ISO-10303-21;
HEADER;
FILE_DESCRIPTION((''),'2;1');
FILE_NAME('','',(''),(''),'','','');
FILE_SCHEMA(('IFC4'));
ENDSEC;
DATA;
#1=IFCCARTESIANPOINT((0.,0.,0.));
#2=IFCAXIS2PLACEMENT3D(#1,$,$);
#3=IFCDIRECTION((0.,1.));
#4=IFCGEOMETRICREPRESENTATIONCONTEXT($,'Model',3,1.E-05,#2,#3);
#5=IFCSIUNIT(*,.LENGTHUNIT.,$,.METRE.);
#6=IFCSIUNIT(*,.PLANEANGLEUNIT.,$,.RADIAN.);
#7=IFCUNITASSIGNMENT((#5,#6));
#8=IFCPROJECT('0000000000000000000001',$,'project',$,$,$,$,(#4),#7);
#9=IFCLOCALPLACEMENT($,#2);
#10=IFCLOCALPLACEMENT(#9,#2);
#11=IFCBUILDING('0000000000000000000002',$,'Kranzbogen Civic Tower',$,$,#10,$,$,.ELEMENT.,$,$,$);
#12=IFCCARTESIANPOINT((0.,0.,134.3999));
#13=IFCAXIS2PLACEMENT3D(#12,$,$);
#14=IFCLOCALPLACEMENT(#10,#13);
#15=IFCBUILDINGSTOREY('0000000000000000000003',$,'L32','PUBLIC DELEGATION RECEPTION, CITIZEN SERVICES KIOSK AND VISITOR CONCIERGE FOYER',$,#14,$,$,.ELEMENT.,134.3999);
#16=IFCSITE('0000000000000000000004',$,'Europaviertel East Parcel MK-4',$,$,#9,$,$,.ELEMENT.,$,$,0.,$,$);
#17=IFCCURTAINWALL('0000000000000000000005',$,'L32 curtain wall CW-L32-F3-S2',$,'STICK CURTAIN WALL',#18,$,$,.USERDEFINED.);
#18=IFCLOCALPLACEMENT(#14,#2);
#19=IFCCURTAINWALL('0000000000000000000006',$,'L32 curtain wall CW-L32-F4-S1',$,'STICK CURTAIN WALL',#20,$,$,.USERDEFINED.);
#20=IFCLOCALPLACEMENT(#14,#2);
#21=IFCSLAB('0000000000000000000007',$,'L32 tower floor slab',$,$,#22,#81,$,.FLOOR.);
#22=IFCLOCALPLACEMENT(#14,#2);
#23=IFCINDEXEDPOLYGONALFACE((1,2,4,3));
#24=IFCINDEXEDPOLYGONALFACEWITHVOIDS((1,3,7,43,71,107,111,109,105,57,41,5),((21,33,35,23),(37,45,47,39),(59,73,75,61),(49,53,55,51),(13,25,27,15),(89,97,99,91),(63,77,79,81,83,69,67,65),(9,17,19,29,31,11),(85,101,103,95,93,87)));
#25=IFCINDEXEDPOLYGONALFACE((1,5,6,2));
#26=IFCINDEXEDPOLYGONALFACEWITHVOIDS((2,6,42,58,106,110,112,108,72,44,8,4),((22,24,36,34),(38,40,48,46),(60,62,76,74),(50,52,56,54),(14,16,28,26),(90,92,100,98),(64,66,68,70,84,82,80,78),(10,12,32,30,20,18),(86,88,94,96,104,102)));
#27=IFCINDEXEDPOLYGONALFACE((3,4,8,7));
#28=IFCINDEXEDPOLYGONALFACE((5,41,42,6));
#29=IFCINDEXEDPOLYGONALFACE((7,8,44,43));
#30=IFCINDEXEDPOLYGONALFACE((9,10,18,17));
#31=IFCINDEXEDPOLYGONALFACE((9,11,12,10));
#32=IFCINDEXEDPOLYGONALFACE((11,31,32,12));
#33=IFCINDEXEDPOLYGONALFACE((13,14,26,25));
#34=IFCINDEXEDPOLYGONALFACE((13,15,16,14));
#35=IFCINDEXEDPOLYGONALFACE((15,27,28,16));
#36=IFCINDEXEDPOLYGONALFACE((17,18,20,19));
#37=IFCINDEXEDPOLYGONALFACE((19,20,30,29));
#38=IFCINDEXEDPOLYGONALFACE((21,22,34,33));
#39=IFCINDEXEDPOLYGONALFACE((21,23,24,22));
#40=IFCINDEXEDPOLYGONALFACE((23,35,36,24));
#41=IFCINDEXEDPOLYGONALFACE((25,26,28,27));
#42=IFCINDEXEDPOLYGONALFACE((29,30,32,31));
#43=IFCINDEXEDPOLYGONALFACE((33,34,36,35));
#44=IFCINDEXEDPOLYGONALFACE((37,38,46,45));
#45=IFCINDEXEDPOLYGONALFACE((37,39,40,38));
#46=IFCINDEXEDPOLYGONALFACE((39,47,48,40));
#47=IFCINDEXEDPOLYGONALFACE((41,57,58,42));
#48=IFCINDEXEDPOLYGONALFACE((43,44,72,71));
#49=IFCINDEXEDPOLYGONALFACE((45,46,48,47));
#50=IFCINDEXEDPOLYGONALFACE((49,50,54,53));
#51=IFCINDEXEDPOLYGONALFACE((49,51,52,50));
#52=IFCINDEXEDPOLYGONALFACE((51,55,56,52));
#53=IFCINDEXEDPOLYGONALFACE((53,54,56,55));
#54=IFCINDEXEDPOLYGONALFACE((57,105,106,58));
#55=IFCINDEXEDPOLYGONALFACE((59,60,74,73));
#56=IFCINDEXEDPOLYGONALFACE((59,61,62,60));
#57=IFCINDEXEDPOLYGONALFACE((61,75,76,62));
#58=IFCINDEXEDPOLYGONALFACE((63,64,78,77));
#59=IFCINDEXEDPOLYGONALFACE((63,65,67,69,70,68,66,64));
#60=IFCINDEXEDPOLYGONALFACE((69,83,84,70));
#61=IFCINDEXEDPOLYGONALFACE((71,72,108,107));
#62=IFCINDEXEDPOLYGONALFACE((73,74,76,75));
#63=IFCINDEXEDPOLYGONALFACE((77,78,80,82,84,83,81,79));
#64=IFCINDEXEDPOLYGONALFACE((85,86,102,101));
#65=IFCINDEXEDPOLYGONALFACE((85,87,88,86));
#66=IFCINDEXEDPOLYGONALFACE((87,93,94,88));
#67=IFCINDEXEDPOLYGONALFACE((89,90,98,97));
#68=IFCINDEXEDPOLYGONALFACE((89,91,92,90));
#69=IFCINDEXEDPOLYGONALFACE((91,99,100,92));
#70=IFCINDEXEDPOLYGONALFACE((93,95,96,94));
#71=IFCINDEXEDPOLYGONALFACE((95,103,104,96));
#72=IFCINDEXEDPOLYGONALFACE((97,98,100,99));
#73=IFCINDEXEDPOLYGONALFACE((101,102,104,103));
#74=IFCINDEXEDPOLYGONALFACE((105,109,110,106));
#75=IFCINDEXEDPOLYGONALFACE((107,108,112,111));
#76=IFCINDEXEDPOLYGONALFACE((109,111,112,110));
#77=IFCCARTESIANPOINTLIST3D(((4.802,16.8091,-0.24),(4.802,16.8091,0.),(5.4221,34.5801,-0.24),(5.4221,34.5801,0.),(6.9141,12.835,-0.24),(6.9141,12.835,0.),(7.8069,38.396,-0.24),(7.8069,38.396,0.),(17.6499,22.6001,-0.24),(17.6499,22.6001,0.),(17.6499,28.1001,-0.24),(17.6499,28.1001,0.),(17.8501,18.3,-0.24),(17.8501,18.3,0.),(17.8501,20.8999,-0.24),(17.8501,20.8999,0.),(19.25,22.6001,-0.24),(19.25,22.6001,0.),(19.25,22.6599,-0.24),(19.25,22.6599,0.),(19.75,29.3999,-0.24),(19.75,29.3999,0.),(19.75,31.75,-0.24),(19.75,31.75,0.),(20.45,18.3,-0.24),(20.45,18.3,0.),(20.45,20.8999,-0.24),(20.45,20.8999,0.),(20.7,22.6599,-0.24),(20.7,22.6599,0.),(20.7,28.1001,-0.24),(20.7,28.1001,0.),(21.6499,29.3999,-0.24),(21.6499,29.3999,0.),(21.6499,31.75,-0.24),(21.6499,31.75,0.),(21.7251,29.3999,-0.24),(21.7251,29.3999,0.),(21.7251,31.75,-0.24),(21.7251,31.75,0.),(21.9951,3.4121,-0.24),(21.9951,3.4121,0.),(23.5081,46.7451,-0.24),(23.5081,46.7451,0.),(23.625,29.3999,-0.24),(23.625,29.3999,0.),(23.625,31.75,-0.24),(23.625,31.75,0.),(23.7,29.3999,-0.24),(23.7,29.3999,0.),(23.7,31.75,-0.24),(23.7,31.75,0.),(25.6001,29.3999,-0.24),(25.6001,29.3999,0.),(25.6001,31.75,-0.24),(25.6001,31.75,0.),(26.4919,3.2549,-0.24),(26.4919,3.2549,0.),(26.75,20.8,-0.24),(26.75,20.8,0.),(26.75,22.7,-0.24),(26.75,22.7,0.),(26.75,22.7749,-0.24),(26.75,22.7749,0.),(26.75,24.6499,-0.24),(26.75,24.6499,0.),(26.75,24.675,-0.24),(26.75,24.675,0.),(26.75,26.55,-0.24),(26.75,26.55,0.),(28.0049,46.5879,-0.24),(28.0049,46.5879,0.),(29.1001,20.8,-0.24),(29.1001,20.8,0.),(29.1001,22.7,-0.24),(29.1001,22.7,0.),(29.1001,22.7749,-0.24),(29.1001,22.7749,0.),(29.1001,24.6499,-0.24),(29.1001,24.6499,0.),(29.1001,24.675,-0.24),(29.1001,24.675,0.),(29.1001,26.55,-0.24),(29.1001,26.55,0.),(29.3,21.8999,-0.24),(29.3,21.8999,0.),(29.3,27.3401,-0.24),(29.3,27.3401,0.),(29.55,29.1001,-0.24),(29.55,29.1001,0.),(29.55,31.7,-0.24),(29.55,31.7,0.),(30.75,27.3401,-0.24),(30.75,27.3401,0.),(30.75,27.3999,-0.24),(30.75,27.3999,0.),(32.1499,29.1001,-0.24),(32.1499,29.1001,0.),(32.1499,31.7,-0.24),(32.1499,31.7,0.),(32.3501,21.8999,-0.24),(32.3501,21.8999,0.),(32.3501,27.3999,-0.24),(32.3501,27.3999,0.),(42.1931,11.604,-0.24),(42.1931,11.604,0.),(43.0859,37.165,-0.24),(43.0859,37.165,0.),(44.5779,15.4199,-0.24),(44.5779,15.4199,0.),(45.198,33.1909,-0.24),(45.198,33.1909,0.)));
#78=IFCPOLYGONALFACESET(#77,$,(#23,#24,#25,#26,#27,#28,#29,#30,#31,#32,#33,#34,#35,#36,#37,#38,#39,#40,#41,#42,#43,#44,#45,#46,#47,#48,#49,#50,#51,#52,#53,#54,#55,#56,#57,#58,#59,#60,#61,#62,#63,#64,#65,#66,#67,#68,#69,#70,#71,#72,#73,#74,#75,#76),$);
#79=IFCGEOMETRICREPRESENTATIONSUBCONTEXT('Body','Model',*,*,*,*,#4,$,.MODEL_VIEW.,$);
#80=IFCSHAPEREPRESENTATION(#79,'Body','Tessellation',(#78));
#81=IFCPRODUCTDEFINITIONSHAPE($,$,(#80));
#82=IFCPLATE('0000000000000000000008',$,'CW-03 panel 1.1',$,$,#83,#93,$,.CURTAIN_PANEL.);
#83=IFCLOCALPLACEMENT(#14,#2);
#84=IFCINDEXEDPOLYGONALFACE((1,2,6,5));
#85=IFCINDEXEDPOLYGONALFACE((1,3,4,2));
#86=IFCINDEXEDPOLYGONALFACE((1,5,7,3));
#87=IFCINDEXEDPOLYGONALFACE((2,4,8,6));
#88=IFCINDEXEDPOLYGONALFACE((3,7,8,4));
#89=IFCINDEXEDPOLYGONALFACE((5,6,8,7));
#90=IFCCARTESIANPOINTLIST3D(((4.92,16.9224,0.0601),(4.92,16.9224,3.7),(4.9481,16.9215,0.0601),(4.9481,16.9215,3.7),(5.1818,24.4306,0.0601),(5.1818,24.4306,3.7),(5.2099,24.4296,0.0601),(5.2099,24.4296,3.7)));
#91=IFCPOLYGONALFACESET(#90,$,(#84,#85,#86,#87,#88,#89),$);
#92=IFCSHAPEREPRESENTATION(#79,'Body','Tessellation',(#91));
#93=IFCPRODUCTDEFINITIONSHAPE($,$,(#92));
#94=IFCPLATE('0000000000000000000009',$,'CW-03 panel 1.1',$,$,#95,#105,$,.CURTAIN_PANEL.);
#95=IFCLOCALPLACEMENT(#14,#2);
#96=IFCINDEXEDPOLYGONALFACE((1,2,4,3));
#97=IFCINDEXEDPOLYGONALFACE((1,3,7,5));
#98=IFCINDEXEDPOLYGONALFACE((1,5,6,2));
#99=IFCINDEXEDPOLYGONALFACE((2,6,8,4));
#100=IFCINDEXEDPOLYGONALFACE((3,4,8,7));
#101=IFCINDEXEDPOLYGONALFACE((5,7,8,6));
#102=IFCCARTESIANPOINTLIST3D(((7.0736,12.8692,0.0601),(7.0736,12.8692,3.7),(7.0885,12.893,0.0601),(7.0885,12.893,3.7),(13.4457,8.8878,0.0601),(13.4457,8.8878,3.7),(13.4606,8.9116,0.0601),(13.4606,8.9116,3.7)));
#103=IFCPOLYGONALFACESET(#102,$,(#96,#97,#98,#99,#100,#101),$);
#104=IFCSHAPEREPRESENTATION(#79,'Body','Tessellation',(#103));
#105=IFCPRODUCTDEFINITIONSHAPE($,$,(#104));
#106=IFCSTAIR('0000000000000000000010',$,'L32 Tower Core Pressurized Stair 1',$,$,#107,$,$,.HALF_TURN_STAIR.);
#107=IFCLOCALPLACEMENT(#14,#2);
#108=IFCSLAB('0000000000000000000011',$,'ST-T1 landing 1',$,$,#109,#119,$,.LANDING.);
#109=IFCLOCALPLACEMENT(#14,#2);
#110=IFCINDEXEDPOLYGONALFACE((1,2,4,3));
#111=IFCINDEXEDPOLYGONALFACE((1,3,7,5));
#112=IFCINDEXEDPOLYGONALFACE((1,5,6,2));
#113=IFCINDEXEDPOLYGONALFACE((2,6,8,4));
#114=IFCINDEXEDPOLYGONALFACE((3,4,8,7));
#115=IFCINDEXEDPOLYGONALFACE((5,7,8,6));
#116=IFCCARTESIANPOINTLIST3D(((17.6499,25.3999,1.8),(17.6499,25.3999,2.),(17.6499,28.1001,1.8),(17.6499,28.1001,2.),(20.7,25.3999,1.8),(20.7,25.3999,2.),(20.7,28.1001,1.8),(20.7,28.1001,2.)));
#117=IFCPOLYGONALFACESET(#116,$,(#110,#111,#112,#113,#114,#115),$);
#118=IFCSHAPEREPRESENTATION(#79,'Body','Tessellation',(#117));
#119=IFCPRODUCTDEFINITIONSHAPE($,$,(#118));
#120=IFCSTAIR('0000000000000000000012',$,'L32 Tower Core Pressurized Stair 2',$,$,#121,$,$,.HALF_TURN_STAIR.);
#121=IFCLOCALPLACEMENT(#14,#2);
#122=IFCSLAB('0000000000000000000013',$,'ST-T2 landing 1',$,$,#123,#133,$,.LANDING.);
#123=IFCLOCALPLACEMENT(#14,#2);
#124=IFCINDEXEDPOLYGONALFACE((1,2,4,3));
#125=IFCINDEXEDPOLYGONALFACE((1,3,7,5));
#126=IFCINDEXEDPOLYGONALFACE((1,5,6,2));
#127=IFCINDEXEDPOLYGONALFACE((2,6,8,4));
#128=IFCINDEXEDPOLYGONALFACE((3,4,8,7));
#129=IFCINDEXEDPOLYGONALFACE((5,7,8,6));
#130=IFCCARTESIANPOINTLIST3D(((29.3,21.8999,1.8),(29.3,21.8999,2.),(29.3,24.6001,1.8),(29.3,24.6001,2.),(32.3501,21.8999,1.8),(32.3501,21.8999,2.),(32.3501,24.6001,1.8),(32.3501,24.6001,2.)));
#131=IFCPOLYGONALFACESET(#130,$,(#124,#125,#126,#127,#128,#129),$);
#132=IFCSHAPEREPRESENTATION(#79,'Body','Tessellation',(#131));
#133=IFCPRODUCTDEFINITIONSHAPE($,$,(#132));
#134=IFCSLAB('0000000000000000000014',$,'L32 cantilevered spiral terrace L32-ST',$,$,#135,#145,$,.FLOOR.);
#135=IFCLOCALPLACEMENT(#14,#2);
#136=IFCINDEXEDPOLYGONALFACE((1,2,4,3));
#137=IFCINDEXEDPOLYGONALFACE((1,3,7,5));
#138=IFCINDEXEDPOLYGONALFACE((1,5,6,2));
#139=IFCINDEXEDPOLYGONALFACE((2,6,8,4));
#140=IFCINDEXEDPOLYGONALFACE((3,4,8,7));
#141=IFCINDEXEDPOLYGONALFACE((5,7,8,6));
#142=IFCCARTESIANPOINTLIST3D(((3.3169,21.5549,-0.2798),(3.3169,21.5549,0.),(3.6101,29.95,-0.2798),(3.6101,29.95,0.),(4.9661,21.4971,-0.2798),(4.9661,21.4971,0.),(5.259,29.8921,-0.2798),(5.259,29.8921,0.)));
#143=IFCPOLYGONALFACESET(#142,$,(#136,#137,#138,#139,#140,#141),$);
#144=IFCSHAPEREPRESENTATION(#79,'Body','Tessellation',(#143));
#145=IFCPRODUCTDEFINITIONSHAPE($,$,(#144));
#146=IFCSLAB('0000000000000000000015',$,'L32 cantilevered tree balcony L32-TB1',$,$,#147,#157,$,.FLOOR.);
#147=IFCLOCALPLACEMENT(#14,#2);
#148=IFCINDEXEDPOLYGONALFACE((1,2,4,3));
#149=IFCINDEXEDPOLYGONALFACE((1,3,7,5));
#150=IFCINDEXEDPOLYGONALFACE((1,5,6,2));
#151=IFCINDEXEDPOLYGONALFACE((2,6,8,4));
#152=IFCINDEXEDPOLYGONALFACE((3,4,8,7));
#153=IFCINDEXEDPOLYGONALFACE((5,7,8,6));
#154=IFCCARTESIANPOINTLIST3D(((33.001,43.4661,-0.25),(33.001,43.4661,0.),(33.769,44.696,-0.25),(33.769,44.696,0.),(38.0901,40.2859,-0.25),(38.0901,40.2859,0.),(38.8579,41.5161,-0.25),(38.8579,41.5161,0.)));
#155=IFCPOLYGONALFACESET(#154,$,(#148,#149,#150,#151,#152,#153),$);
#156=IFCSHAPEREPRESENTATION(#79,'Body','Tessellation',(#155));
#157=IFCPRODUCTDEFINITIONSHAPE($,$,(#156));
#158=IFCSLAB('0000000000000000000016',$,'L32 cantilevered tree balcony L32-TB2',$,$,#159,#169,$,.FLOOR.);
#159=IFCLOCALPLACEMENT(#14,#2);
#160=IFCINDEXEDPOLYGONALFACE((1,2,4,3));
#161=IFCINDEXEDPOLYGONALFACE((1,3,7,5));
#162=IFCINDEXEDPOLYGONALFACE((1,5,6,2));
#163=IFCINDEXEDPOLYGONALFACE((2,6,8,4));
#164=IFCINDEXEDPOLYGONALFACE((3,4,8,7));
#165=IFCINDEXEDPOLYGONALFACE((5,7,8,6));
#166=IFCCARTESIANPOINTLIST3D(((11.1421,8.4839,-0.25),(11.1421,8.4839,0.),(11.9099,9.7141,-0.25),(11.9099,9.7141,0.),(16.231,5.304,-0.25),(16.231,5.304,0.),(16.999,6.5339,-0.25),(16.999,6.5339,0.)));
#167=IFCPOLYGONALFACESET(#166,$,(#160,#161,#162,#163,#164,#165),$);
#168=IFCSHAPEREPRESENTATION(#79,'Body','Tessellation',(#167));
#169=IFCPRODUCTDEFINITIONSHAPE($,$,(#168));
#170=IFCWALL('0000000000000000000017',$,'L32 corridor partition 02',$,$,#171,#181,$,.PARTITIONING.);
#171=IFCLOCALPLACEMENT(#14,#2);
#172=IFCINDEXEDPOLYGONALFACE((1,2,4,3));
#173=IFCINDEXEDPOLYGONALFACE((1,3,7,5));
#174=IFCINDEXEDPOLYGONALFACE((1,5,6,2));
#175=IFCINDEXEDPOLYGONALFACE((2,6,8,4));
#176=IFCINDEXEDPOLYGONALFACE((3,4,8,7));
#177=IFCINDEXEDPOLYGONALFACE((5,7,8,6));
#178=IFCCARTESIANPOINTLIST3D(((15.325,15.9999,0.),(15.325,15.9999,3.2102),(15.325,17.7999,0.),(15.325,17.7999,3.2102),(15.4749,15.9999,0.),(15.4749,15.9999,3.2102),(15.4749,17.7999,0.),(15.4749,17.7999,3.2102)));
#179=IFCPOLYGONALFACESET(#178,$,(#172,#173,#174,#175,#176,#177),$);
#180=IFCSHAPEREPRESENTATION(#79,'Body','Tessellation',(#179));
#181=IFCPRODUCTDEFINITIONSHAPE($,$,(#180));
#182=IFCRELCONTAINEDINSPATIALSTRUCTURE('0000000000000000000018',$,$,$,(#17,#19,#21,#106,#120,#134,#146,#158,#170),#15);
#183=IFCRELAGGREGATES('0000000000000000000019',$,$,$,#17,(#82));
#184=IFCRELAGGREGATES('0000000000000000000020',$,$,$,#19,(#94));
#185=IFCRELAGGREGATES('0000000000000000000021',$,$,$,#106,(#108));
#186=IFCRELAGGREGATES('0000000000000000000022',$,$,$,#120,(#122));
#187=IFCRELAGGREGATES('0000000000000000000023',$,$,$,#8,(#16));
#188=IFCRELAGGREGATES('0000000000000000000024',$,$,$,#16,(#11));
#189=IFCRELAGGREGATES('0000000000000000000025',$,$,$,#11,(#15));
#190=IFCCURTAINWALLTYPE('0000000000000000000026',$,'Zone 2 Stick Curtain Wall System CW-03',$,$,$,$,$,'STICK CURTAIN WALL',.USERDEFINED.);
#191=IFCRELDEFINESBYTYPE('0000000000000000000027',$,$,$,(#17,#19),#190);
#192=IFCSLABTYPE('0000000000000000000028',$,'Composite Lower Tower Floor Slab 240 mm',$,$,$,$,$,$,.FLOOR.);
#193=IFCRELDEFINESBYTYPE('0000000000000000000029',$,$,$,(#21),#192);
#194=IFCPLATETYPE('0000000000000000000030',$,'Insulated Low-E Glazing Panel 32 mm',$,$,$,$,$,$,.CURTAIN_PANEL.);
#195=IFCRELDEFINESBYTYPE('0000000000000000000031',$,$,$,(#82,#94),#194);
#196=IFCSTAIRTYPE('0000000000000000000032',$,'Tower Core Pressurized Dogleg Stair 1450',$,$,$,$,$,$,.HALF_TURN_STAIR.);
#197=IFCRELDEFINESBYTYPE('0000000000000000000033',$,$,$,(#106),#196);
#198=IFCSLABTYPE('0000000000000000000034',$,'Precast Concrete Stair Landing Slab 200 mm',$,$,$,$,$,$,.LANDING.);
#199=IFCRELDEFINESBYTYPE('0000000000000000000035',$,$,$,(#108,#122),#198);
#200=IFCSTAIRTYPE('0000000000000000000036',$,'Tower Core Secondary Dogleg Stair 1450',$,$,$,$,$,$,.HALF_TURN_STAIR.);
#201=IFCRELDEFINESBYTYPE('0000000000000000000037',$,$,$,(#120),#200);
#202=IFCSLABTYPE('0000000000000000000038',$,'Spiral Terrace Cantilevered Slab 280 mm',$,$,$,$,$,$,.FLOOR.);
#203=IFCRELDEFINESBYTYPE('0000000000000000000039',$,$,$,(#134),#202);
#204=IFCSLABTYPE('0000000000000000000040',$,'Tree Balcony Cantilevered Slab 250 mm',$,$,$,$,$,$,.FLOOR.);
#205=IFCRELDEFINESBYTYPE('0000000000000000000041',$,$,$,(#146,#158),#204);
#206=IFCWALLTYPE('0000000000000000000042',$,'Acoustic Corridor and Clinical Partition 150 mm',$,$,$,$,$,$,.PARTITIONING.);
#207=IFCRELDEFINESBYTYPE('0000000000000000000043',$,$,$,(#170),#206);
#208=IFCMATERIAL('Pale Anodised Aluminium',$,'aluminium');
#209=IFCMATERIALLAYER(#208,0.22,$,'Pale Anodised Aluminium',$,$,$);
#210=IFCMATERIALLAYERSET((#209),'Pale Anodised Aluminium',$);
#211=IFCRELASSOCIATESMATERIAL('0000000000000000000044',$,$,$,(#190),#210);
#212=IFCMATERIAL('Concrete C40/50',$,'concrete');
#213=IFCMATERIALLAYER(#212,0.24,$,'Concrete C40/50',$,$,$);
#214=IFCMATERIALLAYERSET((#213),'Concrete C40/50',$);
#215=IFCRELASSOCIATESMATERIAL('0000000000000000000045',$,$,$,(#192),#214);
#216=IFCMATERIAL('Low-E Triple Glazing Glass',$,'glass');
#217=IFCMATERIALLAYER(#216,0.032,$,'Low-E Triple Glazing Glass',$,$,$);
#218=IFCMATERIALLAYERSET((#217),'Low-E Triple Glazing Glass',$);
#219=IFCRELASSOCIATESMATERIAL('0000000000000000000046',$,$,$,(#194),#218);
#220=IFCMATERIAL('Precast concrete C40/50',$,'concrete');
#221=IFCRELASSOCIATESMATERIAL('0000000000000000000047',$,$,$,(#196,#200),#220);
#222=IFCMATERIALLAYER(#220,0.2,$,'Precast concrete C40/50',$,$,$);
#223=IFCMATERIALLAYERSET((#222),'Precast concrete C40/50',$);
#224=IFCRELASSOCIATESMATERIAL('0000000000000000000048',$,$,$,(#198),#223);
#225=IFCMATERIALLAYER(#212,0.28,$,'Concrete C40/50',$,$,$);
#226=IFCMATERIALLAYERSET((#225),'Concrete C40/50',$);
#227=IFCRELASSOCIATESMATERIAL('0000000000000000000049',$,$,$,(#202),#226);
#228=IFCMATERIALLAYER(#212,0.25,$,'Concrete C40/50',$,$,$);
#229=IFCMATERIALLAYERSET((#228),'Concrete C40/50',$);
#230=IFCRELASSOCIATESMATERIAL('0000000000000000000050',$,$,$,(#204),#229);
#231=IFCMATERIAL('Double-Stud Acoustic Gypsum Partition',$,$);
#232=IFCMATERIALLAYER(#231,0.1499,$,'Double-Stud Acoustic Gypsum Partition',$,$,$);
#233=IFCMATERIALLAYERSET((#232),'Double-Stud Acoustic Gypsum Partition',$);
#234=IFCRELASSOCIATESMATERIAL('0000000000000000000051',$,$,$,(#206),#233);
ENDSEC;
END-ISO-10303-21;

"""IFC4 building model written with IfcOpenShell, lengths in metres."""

from ifc_helpers import new_model, si_unit, direction, frame, frame_2d, origin, origin_2d, place, context, subcontext, project, spatial, polyline, rectangle, outline, extrude, material, layer, layer_set, type_object, element, aggregate, save


model = new_model("IFC4")

# Units and contexts
model_context = context("Model", 3, precision=1e-05, world=origin(), true_north=direction((0.0, 1.0)))
body_context = subcontext(model_context, "Body", "Model", "MODEL_VIEW")
ifc_project = project(units=[si_unit("LENGTHUNIT", "METRE"), si_unit("PLANEANGLEUNIT", "RADIAN")], contexts=[model_context])

# Site, building, storey
site_placement = place(None, origin())
site = spatial("IfcSite", under=ifc_project, at=site_placement, Name="Europaviertel East Parcel MK-4", CompositionType="ELEMENT", RefElevation=0.0)
building_placement = place(site_placement, origin())
building = spatial("IfcBuilding", under=site, at=building_placement, Name="Kranzbogen Civic Tower", CompositionType="ELEMENT")
storey_placement = place(building_placement, frame((0.0, 0.0, 134.3999)))
storey = spatial("IfcBuildingStorey", under=building, at=storey_placement, Name="L32", Description="PUBLIC DELEGATION RECEPTION, CITIZEN SERVICES KIOSK AND VISITOR CONCIERGE FOYER", CompositionType="ELEMENT", Elevation=134.3999)

# Curtain walls
ifc_material_1 = material(Name="Pale Anodised Aluminium", Category="aluminium")
ifc_layer_1 = layer(ifc_material_1, 0.22, Name="Pale Anodised Aluminium")
ifc_layer_set_1 = layer_set([ifc_layer_1], Name="Pale Anodised Aluminium")
curtain_wall_type = type_object("IfcCurtainWallType", Name="Zone 2 Stick Curtain Wall System CW-03", ElementType="STICK CURTAIN WALL", PredefinedType="USERDEFINED", material=ifc_layer_set_1)
curtain_wall_1_placement = place(storey_placement, origin())
curtain_wall_1 = element("IfcCurtainWall", 1, at=curtain_wall_1_placement, inside=storey, type_object=curtain_wall_type, Name="L32 curtain wall CW-L32-F3-S2", ObjectType="STICK CURTAIN WALL", PredefinedType="USERDEFINED")
curtain_wall_2_placement = place(storey_placement, origin())
curtain_wall_2 = element("IfcCurtainWall", 2, at=curtain_wall_2_placement, inside=storey, type_object=curtain_wall_type, Name="L32 curtain wall CW-L32-F4-S1", ObjectType="STICK CURTAIN WALL", PredefinedType="USERDEFINED")

# Slab
ifc_material_2 = material(Name="Concrete C40/50", Category="concrete")
ifc_layer_2 = layer(ifc_material_2, 0.24, Name="Concrete C40/50")
ifc_layer_set_2 = layer_set([ifc_layer_2], Name="Concrete C40/50")
slab_type_1 = type_object("IfcSlabType", Name="Composite Lower Tower Floor Slab 240 mm", PredefinedType="FLOOR", material=ifc_layer_set_2)
slab_1_placement = place(storey_placement, frame((0.0, 0.0, -0.24)))
element("IfcSlab", 3, at=slab_1_placement, inside=storey, type_object=slab_type_1, Name="L32 tower floor slab", PredefinedType="FLOOR", context=body_context, shape_type="SweptSolid", body=[
    extrude(outline(polyline([(43.0859, 37.165), (28.0049, 46.5879), (23.5081, 46.7451), (7.8069, 38.396), (5.4221, 34.5801), (4.802, 16.8091), (6.9141, 12.835), (21.9951, 3.4121), (26.4919, 3.2549), (42.1931, 11.604), (44.5779, 15.4199), (45.198, 33.1909), (43.0859, 37.165)]), holes=[polyline([(20.45, 20.8999), (20.45, 18.3), (17.8501, 18.3), (17.8501, 20.8999), (20.45, 20.8999)]), polyline([(29.1001, 22.7), (29.1001, 20.8), (26.75, 20.8), (26.75, 22.7), (29.1001, 22.7)]), polyline([(29.1001, 24.6499), (29.1001, 22.7749), (26.75, 22.7749), (26.75, 24.6499), (26.75, 24.675), (26.75, 26.55), (29.1001, 26.55), (29.1001, 24.675), (29.1001, 24.6499)]), polyline([(30.75, 27.3401), (30.75, 27.3999), (32.3501, 27.3999), (32.3501, 21.8999), (29.3, 21.8999), (29.3, 27.3401), (30.75, 27.3401)]), polyline([(19.25, 22.6599), (19.25, 22.6001), (17.6499, 22.6001), (17.6499, 28.1001), (20.7, 28.1001), (20.7, 22.6599), (19.25, 22.6599)]), polyline([(32.1499, 31.7), (32.1499, 29.1001), (29.55, 29.1001), (29.55, 31.7), (32.1499, 31.7)]), polyline([(21.6499, 31.75), (21.6499, 29.3999), (19.75, 29.3999), (19.75, 31.75), (21.6499, 31.75)]), polyline([(23.625, 29.3999), (21.7251, 29.3999), (21.7251, 31.75), (23.625, 31.75), (23.625, 29.3999)]), polyline([(25.6001, 29.3999), (23.7, 29.3999), (23.7, 31.75), (25.6001, 31.75), (25.6001, 29.3999)])]), origin(), (0.0, 0.0, 1.0), 0.24),
])

# Plates
ifc_material_3 = material(Name="Low-E Triple Glazing Glass", Category="glass")
ifc_layer_3 = layer(ifc_material_3, 0.032, Name="Low-E Triple Glazing Glass")
ifc_layer_set_3 = layer_set([ifc_layer_3], Name="Low-E Triple Glazing Glass")
plate_type = type_object("IfcPlateType", Name="Insulated Low-E Glazing Panel 32 mm", PredefinedType="CURTAIN_PANEL", material=ifc_layer_set_3)
plate_1_placement = place(storey_placement, frame((5.0649, 20.676, 0.0601), z_axis=(0.0, 0.0, 1.0), x_axis=(-0.03485, -0.999393, 0.0)))
plate_1 = element("IfcPlate", 4, at=plate_1_placement, type_object=plate_type, Name="CW-03 panel 1.1", PredefinedType="CURTAIN_PANEL", context=body_context, shape_type="SweptSolid", body=[
    extrude(rectangle(XDim=7.5127, YDim=0.0281, at=origin_2d()), origin(), (0.0, 0.0, 1.0), 3.6399),
])
aggregate(curtain_wall_1, [plate_1])
plate_2_placement = place(storey_placement, frame((10.2671, 10.8904, 0.0601), z_axis=(0.0, 0.0, 1.0), x_axis=(0.848072, -0.529881, 0.0)))
plate_2 = element("IfcPlate", 5, at=plate_2_placement, type_object=plate_type, Name="CW-03 panel 1.1", PredefinedType="CURTAIN_PANEL", context=body_context, shape_type="SweptSolid", body=[
    extrude(rectangle(XDim=7.5137, YDim=0.0281, at=origin_2d()), origin(), (0.0, 0.0, 1.0), 3.6399),
])
aggregate(curtain_wall_2, [plate_2])

# Stairs, slabs
ifc_material_4 = material(Name="Precast concrete C40/50", Category="concrete")
stair_type_1 = type_object("IfcStairType", Name="Tower Core Pressurized Dogleg Stair 1450", PredefinedType="HALF_TURN_STAIR", material=ifc_material_4)
stair_1_placement = place(storey_placement, origin())
stair_1 = element("IfcStair", 6, at=stair_1_placement, inside=storey, type_object=stair_type_1, Name="L32 Tower Core Pressurized Stair 1", PredefinedType="HALF_TURN_STAIR")
ifc_layer_4 = layer(ifc_material_4, 0.2, Name="Precast concrete C40/50")
ifc_layer_set_4 = layer_set([ifc_layer_4], Name="Precast concrete C40/50")
slab_type_2 = type_object("IfcSlabType", Name="Precast Concrete Stair Landing Slab 200 mm", PredefinedType="LANDING", material=ifc_layer_set_4)
slab_2_placement = place(storey_placement, frame((0.0, 0.0, 1.8)))
slab_2 = element("IfcSlab", 7, at=slab_2_placement, type_object=slab_type_2, Name="ST-T1 landing 1", PredefinedType="LANDING", context=body_context, shape_type="SweptSolid", body=[
    extrude(outline(polyline([(20.7, 25.3999), (20.7, 28.1001), (17.6499, 28.1001), (17.6499, 25.3999), (20.7, 25.3999)])), origin(), (0.0, 0.0, 1.0), 0.2),
])
aggregate(stair_1, [slab_2])
stair_type_2 = type_object("IfcStairType", Name="Tower Core Secondary Dogleg Stair 1450", PredefinedType="HALF_TURN_STAIR", material=ifc_material_4)
stair_2_placement = place(storey_placement, origin())
stair_2 = element("IfcStair", 8, at=stair_2_placement, inside=storey, type_object=stair_type_2, Name="L32 Tower Core Pressurized Stair 2", PredefinedType="HALF_TURN_STAIR")
slab_3_placement = place(storey_placement, frame((0.0, 0.0, 1.8)))
slab_3 = element("IfcSlab", 9, at=slab_3_placement, type_object=slab_type_2, Name="ST-T2 landing 1", PredefinedType="LANDING", context=body_context, shape_type="SweptSolid", body=[
    extrude(outline(polyline([(29.3, 24.6001), (29.3, 21.8999), (32.3501, 21.8999), (32.3501, 24.6001), (29.3, 24.6001)])), origin(), (0.0, 0.0, 1.0), 0.2),
])
aggregate(stair_2, [slab_3])

# Slabs
ifc_layer_5 = layer(ifc_material_2, 0.28, Name="Concrete C40/50")
ifc_layer_set_5 = layer_set([ifc_layer_5], Name="Concrete C40/50")
slab_type_3 = type_object("IfcSlabType", Name="Spiral Terrace Cantilevered Slab 280 mm", PredefinedType="FLOOR", material=ifc_layer_set_5)
slab_4_placement = place(storey_placement, frame((0.0, 0.0, -0.2798)))
element("IfcSlab", 10, at=slab_4_placement, inside=storey, type_object=slab_type_3, Name="L32 cantilevered spiral terrace L32-ST", PredefinedType="FLOOR", context=body_context, shape_type="SweptSolid", body=[
    extrude(outline(polyline([(5.259, 29.8921), (4.9661, 21.4971), (3.3169, 21.5549), (3.6101, 29.95), (5.259, 29.8921)])), origin(), (0.0, 0.0, 1.0), 0.2798),
])
ifc_layer_6 = layer(ifc_material_2, 0.25, Name="Concrete C40/50")
ifc_layer_set_6 = layer_set([ifc_layer_6], Name="Concrete C40/50")
slab_type_4 = type_object("IfcSlabType", Name="Tree Balcony Cantilevered Slab 250 mm", PredefinedType="FLOOR", material=ifc_layer_set_6)
slab_5_placement = place(storey_placement, frame((0.0, 0.0, -0.25)))
element("IfcSlab", 11, at=slab_5_placement, inside=storey, type_object=slab_type_4, Name="L32 cantilevered tree balcony L32-TB1", PredefinedType="FLOOR", context=body_context, shape_type="SweptSolid", body=[
    extrude(outline(polyline([(38.0901, 40.2859), (33.001, 43.4661), (33.769, 44.696), (38.8579, 41.5161), (38.0901, 40.2859)])), origin(), (0.0, 0.0, 1.0), 0.25),
])
slab_6_placement = place(storey_placement, frame((0.0, 0.0, -0.25)))
element("IfcSlab", 12, at=slab_6_placement, inside=storey, type_object=slab_type_4, Name="L32 cantilevered tree balcony L32-TB2", PredefinedType="FLOOR", context=body_context, shape_type="SweptSolid", body=[
    extrude(outline(polyline([(11.9099, 9.7141), (16.999, 6.5339), (16.231, 5.304), (11.1421, 8.4839), (11.9099, 9.7141)])), origin(), (0.0, 0.0, 1.0), 0.25),
])

# Wall
ifc_material_5 = material(Name="Double-Stud Acoustic Gypsum Partition")
ifc_layer_7 = layer(ifc_material_5, 0.1499, Name="Double-Stud Acoustic Gypsum Partition")
ifc_layer_set_7 = layer_set([ifc_layer_7], Name="Double-Stud Acoustic Gypsum Partition")
wall_type_1 = type_object("IfcWallType", Name="Acoustic Corridor and Clinical Partition 150 mm", PredefinedType="PARTITIONING", material=ifc_layer_set_7)
wall_1_placement = place(storey_placement, frame((15.3999, 16.0, 0.0), z_axis=(0.0, 0.0, 1.0), x_axis=(0.0, 1.0, 0.0)))
element("IfcWall", 13, at=wall_1_placement, inside=storey, type_object=wall_type_1, Name="L32 corridor partition 02", PredefinedType="PARTITIONING", context=body_context, shape_type="SweptSolid", body=[
    extrude(rectangle(XDim=1.8, YDim=0.1499, at=frame_2d((0.8999, 0.0))), origin(), (0.0, 0.0, 1.0), 3.2102),
])

save(model, "model.ifc")
